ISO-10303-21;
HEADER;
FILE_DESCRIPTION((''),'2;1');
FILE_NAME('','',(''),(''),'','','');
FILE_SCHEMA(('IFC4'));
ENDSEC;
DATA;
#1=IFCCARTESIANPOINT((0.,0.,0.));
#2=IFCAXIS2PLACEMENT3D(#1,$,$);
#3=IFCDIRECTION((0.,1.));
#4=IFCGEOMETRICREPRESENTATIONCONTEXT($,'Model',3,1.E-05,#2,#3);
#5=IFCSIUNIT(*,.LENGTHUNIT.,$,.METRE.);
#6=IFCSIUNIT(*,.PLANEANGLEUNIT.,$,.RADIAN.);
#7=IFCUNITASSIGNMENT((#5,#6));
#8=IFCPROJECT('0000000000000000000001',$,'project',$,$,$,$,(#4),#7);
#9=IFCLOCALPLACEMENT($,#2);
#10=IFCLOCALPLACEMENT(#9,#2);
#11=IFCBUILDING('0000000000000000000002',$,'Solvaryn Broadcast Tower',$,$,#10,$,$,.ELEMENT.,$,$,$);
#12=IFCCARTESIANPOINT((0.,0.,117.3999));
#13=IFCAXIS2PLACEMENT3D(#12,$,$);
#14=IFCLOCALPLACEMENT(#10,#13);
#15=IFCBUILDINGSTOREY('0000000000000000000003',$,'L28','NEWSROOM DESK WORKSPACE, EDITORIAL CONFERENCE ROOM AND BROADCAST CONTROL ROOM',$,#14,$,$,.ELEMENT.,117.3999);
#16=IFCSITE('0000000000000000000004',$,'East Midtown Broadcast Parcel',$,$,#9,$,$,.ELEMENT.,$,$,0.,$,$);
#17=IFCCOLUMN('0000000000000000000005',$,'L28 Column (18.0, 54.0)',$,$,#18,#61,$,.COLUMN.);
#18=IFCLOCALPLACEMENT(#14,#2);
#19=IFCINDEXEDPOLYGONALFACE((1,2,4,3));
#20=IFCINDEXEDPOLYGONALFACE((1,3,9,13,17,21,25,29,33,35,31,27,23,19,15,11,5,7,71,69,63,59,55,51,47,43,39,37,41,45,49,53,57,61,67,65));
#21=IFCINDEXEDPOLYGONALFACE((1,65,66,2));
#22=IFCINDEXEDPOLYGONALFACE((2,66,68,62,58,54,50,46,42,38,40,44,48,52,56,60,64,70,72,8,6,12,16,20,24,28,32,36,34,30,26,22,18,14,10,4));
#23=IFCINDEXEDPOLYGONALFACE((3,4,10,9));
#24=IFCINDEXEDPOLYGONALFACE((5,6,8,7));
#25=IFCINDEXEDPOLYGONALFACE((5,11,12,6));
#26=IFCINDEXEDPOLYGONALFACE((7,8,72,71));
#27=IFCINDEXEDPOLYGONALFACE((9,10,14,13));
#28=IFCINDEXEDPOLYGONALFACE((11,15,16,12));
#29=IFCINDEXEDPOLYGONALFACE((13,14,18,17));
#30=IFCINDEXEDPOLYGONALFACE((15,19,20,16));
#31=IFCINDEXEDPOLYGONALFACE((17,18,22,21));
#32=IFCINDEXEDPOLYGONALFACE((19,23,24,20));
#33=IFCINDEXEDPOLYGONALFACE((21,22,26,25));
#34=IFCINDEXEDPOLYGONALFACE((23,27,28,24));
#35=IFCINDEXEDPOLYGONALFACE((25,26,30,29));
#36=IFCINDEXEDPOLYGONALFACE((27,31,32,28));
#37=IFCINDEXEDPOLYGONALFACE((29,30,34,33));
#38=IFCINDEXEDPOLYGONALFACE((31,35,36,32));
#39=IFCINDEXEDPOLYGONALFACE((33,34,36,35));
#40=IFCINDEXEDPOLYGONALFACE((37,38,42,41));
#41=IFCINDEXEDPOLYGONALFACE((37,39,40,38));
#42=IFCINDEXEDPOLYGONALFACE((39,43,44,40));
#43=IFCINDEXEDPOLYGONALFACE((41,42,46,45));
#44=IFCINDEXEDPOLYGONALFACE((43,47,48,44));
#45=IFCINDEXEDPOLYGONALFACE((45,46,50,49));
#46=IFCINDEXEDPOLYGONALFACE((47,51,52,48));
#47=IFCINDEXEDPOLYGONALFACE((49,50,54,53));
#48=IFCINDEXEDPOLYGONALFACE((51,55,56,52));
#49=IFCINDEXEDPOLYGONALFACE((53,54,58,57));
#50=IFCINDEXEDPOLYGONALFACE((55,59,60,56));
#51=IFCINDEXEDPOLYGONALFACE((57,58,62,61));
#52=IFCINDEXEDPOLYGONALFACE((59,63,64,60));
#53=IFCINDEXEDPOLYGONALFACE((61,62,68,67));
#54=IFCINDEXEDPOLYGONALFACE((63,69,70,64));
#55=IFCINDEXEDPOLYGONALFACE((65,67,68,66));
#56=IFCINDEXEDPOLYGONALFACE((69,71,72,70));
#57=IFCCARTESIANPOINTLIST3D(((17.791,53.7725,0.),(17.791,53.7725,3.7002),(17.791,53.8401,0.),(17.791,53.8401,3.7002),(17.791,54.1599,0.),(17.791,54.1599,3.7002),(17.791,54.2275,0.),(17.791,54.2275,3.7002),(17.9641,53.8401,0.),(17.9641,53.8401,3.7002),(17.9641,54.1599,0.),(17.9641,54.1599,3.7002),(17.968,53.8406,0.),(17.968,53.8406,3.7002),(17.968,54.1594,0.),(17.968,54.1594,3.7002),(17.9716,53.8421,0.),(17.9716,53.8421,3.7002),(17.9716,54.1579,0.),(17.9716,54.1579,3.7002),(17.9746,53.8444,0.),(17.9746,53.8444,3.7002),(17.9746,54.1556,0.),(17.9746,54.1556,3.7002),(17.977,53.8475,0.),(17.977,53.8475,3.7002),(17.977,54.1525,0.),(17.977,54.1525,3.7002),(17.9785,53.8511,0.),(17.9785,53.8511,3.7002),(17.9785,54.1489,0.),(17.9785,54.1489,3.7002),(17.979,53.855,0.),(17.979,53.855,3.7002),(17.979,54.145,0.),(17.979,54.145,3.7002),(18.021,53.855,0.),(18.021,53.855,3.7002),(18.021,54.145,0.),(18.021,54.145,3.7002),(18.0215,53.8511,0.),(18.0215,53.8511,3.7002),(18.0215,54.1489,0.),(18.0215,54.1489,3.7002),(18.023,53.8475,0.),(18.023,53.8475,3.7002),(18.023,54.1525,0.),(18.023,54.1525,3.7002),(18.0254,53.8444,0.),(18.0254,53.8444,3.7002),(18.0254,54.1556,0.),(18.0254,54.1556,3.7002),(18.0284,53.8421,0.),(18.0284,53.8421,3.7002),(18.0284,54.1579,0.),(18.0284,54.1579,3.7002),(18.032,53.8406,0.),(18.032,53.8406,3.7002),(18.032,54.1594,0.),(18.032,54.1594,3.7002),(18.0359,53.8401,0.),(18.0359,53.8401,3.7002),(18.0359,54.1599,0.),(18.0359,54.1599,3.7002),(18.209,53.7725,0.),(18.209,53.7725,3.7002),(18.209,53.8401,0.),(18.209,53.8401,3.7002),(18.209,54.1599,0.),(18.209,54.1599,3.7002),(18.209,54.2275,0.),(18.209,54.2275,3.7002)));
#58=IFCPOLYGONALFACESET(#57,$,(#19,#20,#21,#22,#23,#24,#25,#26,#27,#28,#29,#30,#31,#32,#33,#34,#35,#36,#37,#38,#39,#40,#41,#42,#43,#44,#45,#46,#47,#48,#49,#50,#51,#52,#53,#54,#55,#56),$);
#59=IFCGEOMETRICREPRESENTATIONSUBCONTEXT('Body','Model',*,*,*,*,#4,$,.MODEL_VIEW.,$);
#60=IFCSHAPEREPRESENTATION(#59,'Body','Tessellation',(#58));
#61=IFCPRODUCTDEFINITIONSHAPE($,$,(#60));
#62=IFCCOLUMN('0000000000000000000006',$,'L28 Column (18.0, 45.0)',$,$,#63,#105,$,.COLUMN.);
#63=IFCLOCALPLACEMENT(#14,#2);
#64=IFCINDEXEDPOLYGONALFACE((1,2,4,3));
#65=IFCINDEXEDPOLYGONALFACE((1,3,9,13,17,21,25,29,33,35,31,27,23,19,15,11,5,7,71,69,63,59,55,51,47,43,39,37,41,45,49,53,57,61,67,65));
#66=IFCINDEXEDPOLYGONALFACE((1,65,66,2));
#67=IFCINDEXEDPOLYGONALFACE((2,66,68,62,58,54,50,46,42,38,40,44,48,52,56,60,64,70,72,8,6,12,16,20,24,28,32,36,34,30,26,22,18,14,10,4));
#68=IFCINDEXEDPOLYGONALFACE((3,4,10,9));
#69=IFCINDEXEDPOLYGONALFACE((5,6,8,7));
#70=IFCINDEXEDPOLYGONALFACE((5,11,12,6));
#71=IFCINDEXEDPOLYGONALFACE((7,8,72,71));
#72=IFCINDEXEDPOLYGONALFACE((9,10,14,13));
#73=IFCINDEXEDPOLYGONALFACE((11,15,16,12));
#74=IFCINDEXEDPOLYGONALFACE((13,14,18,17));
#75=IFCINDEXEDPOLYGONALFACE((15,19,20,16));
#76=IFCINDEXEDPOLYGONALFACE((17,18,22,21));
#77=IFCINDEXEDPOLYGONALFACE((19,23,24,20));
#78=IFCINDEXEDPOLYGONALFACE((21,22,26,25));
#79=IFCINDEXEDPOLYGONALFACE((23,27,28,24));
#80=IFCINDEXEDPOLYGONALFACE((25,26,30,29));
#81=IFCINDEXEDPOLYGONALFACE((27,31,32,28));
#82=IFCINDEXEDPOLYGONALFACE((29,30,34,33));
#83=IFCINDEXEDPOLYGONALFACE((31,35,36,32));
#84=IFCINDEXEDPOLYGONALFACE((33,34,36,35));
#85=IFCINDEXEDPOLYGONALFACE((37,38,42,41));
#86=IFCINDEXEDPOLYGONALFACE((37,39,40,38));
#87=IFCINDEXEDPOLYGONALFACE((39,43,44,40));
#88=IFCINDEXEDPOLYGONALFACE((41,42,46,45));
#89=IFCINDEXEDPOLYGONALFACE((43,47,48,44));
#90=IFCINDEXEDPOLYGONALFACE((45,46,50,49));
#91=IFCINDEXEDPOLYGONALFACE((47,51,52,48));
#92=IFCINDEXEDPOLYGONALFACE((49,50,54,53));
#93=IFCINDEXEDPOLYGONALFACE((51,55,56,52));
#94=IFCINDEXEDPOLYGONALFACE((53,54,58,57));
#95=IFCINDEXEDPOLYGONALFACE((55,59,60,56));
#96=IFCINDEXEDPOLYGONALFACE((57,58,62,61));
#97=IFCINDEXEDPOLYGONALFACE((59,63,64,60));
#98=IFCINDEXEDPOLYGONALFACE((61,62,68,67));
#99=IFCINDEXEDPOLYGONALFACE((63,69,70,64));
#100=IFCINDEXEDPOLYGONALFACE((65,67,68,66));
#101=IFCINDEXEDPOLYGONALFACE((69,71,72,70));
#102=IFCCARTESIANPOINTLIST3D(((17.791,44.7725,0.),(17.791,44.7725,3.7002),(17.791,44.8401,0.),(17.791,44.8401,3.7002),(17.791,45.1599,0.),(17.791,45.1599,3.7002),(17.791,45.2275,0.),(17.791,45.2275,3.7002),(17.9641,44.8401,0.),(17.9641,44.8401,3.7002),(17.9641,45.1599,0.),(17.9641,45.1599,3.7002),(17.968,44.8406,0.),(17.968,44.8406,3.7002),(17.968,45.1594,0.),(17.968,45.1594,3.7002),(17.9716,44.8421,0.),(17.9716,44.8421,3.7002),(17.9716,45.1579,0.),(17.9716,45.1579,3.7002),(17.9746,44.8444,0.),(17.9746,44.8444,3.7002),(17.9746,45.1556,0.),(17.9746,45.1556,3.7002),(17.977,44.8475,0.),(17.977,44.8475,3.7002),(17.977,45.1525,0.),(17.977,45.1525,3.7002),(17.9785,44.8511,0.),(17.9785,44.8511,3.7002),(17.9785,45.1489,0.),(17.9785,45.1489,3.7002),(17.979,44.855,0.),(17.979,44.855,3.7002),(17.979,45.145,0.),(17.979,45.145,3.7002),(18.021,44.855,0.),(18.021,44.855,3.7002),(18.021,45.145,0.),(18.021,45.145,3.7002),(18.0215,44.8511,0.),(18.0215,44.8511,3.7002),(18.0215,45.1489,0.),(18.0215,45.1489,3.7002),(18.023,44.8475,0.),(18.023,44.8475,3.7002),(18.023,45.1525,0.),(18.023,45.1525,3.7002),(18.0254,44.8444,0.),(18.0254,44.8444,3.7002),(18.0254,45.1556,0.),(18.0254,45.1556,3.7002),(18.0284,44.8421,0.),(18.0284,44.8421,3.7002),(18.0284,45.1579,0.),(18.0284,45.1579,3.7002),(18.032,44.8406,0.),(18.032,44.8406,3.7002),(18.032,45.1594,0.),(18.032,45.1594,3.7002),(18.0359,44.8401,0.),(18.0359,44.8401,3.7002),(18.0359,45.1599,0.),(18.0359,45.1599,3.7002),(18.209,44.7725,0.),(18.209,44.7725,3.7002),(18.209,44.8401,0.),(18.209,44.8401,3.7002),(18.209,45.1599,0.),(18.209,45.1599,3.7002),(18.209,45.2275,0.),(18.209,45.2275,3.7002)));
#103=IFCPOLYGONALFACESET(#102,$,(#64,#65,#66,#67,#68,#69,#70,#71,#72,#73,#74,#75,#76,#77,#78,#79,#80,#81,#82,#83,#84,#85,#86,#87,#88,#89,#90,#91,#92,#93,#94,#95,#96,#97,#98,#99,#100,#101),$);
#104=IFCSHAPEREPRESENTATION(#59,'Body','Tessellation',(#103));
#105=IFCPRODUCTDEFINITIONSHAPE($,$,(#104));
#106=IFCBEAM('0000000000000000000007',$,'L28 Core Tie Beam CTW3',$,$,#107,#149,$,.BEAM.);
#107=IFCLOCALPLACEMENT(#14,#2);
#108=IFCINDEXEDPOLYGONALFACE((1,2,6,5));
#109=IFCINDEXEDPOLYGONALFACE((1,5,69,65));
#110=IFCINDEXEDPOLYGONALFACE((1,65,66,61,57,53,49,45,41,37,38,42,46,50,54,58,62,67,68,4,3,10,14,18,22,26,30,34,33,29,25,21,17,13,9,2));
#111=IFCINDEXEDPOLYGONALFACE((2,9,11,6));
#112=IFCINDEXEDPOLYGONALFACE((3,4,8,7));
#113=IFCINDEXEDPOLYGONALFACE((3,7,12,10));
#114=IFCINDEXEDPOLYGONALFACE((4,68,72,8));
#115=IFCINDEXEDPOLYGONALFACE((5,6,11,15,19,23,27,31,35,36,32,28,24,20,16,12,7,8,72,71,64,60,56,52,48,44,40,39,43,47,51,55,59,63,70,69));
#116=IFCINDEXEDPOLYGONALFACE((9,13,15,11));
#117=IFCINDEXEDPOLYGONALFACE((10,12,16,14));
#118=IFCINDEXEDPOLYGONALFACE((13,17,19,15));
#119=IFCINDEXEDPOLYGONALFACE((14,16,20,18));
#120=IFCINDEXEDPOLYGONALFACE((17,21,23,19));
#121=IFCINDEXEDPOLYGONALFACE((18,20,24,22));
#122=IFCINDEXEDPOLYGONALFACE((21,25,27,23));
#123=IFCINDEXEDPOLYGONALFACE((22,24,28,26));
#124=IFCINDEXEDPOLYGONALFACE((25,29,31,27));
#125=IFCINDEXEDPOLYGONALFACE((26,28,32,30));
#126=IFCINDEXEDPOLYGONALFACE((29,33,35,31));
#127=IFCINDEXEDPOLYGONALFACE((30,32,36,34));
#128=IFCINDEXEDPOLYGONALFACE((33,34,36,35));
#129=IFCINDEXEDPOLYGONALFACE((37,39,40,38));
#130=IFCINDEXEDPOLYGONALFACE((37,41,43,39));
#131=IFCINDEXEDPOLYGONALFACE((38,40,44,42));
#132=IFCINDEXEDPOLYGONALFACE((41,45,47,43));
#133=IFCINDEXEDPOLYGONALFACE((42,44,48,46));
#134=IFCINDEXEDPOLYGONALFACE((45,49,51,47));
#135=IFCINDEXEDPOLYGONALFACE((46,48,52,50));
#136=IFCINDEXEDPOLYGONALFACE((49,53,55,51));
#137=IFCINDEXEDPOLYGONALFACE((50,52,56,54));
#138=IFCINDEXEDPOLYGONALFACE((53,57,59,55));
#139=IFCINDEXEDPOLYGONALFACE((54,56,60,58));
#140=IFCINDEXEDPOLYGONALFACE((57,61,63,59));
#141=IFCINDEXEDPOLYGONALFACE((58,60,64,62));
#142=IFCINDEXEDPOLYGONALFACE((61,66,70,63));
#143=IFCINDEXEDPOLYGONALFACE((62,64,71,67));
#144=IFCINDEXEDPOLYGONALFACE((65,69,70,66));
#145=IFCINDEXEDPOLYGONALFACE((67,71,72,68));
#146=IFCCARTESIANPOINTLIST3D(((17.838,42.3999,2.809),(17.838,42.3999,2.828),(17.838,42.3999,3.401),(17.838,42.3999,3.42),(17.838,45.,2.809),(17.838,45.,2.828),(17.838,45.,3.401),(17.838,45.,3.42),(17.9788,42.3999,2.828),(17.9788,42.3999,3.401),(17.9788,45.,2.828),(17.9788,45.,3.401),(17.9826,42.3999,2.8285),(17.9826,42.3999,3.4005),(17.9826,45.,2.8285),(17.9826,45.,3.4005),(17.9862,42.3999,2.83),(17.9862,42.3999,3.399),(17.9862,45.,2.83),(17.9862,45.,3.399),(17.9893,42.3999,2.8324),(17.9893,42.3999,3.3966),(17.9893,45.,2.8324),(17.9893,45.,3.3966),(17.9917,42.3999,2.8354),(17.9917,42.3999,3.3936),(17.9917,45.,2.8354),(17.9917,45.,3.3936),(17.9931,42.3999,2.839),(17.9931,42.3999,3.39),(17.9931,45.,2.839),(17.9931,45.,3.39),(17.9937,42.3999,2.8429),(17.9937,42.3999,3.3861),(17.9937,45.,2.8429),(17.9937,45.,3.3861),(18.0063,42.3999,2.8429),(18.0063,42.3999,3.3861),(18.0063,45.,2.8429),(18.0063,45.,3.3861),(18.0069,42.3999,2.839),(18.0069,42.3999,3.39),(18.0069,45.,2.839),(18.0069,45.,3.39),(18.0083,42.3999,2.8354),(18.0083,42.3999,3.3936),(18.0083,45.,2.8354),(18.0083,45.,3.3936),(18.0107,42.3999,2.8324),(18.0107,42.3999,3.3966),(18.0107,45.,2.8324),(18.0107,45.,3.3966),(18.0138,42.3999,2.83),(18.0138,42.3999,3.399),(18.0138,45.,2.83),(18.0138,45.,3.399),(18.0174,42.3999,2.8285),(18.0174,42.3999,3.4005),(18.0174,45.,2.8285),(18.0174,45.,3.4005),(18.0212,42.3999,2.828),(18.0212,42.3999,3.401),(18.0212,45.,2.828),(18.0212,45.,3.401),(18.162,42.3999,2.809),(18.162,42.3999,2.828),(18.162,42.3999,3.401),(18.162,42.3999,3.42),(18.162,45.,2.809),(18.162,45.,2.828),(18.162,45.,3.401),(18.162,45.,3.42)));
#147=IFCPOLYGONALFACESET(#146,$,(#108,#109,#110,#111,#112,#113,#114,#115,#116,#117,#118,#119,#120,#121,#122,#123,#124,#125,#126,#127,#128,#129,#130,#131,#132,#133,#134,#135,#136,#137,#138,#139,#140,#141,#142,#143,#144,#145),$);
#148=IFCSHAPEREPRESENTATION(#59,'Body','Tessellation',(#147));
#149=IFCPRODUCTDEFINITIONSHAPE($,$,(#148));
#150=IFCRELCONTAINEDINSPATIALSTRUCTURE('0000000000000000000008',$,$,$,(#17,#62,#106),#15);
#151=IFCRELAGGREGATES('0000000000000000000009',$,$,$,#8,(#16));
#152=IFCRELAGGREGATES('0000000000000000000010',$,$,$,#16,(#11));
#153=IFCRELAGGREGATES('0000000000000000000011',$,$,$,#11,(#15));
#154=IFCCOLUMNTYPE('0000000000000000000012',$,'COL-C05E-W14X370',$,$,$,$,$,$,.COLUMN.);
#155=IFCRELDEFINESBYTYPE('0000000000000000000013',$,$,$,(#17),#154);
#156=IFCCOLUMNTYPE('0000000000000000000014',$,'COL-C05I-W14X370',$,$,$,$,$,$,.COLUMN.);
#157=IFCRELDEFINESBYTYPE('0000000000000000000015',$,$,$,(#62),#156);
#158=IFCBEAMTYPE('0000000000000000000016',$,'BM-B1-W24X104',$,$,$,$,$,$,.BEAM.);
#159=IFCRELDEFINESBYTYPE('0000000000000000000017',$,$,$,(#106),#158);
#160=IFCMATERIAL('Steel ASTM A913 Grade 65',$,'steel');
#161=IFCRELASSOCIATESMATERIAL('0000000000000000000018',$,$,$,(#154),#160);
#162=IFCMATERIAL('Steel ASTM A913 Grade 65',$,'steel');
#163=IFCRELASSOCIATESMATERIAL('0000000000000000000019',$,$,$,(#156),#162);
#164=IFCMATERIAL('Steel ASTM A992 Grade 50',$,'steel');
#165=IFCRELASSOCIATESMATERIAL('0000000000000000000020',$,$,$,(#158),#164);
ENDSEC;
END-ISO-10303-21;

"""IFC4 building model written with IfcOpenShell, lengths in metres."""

from ifc_helpers import new_model, si_unit, direction, frame, origin, origin_2d, place, context, subcontext, project, spatial, i_section, extrude, material, material_profile, profile_set, type_object, element, save


model = new_model("IFC4")

# Units and contexts
model_context = context("Model", 3, precision=1e-05, world=origin(), true_north=direction((0.0, 1.0)))
body_context = subcontext(model_context, "Body", "Model", "MODEL_VIEW")
ifc_project = project(units=[si_unit("LENGTHUNIT", "METRE"), si_unit("PLANEANGLEUNIT", "RADIAN")], contexts=[model_context])

# Site, building, storey
site_placement = place(None, origin())
site = spatial("IfcSite", under=ifc_project, at=site_placement, Name="East Midtown Broadcast Parcel", CompositionType="ELEMENT", RefElevation=0.0)
building_placement = place(site_placement, origin())
building = spatial("IfcBuilding", under=site, at=building_placement, Name="Solvaryn Broadcast Tower", CompositionType="ELEMENT")
storey_placement = place(building_placement, frame((0.0, 0.0, 117.3999)))
storey = spatial("IfcBuildingStorey", under=building, at=storey_placement, Name="L28", Description="NEWSROOM DESK WORKSPACE, EDITORIAL CONFERENCE ROOM AND BROADCAST CONTROL ROOM", CompositionType="ELEMENT", Elevation=117.3999)

# Columns
ifc_material_1 = material(Name="Steel ASTM A913 Grade 65", Category="steel")
ifc_material_profile_1 = material_profile(ifc_material_1, i_section(OverallWidth=0.418, OverallDepth=0.4551, WebThickness=0.042, FlangeThickness=0.0676, FilletRadius=0.0149, at=origin_2d()))
ifc_profile_set_1 = profile_set([ifc_material_profile_1], Name="Steel ASTM A913 Grade 65")
column_type_1 = type_object("IfcColumnType", Name="COL-C05E-W14X370", PredefinedType="COLUMN", material=ifc_profile_set_1)
column_1_placement = place(storey_placement, frame((18.0, 54.0, 0.0), z_axis=(0.0, 0.0, 1.0), x_axis=(1.0, 0.0, 0.0)))
element("IfcColumn", 1, at=column_1_placement, inside=storey, type_object=column_type_1, Name="L28 Column (18.0, 54.0)", PredefinedType="COLUMN", context=body_context, shape_type="SweptSolid", body=[
    extrude(i_section(OverallWidth=0.418, OverallDepth=0.4551, WebThickness=0.042, FlangeThickness=0.0676, FilletRadius=0.0149, at=origin_2d()), origin(), (0.0, 0.0, 1.0), 3.7002),
])
ifc_material_2 = material(Name="Steel ASTM A913 Grade 65", Category="steel")
ifc_material_profile_2 = material_profile(ifc_material_2, i_section(OverallWidth=0.418, OverallDepth=0.4551, WebThickness=0.042, FlangeThickness=0.0676, FilletRadius=0.0149, at=origin_2d()))
ifc_profile_set_2 = profile_set([ifc_material_profile_2], Name="Steel ASTM A913 Grade 65")
column_type_2 = type_object("IfcColumnType", Name="COL-C05I-W14X370", PredefinedType="COLUMN", material=ifc_profile_set_2)
column_2_placement = place(storey_placement, frame((18.0, 45.0, 0.0), z_axis=(0.0, 0.0, 1.0), x_axis=(1.0, 0.0, 0.0)))
element("IfcColumn", 2, at=column_2_placement, inside=storey, type_object=column_type_2, Name="L28 Column (18.0, 45.0)", PredefinedType="COLUMN", context=body_context, shape_type="SweptSolid", body=[
    extrude(i_section(OverallWidth=0.418, OverallDepth=0.4551, WebThickness=0.042, FlangeThickness=0.0676, FilletRadius=0.0149, at=origin_2d()), origin(), (0.0, 0.0, 1.0), 3.7002),
])

# Beam
ifc_material_3 = material(Name="Steel ASTM A992 Grade 50", Category="steel")
ifc_material_profile_3 = material_profile(ifc_material_3, i_section(OverallWidth=0.324, OverallDepth=0.6111, WebThickness=0.0127, FlangeThickness=0.019, FilletRadius=0.0149, at=origin_2d()))
ifc_profile_set_3 = profile_set([ifc_material_profile_3], Name="Steel ASTM A992 Grade 50")
beam_type_1 = type_object("IfcBeamType", Name="BM-B1-W24X104", PredefinedType="BEAM", material=ifc_profile_set_3)
beam_1_placement = place(storey_placement, frame((18.0, 42.3999, 3.1145), z_axis=(0.0, 1.0, 0.0), x_axis=(-1.0, 0.0, 0.0)))
element("IfcBeam", 3, at=beam_1_placement, inside=storey, type_object=beam_type_1, Name="L28 Core Tie Beam CTW3", PredefinedType="BEAM", context=body_context, shape_type="SweptSolid", body=[
    extrude(i_section(OverallWidth=0.324, OverallDepth=0.6111, WebThickness=0.0127, FlangeThickness=0.019, FilletRadius=0.0149, at=origin_2d()), origin(), (0.0, 0.0, 1.0), 2.6001),
])

save(model, "model.ifc")
